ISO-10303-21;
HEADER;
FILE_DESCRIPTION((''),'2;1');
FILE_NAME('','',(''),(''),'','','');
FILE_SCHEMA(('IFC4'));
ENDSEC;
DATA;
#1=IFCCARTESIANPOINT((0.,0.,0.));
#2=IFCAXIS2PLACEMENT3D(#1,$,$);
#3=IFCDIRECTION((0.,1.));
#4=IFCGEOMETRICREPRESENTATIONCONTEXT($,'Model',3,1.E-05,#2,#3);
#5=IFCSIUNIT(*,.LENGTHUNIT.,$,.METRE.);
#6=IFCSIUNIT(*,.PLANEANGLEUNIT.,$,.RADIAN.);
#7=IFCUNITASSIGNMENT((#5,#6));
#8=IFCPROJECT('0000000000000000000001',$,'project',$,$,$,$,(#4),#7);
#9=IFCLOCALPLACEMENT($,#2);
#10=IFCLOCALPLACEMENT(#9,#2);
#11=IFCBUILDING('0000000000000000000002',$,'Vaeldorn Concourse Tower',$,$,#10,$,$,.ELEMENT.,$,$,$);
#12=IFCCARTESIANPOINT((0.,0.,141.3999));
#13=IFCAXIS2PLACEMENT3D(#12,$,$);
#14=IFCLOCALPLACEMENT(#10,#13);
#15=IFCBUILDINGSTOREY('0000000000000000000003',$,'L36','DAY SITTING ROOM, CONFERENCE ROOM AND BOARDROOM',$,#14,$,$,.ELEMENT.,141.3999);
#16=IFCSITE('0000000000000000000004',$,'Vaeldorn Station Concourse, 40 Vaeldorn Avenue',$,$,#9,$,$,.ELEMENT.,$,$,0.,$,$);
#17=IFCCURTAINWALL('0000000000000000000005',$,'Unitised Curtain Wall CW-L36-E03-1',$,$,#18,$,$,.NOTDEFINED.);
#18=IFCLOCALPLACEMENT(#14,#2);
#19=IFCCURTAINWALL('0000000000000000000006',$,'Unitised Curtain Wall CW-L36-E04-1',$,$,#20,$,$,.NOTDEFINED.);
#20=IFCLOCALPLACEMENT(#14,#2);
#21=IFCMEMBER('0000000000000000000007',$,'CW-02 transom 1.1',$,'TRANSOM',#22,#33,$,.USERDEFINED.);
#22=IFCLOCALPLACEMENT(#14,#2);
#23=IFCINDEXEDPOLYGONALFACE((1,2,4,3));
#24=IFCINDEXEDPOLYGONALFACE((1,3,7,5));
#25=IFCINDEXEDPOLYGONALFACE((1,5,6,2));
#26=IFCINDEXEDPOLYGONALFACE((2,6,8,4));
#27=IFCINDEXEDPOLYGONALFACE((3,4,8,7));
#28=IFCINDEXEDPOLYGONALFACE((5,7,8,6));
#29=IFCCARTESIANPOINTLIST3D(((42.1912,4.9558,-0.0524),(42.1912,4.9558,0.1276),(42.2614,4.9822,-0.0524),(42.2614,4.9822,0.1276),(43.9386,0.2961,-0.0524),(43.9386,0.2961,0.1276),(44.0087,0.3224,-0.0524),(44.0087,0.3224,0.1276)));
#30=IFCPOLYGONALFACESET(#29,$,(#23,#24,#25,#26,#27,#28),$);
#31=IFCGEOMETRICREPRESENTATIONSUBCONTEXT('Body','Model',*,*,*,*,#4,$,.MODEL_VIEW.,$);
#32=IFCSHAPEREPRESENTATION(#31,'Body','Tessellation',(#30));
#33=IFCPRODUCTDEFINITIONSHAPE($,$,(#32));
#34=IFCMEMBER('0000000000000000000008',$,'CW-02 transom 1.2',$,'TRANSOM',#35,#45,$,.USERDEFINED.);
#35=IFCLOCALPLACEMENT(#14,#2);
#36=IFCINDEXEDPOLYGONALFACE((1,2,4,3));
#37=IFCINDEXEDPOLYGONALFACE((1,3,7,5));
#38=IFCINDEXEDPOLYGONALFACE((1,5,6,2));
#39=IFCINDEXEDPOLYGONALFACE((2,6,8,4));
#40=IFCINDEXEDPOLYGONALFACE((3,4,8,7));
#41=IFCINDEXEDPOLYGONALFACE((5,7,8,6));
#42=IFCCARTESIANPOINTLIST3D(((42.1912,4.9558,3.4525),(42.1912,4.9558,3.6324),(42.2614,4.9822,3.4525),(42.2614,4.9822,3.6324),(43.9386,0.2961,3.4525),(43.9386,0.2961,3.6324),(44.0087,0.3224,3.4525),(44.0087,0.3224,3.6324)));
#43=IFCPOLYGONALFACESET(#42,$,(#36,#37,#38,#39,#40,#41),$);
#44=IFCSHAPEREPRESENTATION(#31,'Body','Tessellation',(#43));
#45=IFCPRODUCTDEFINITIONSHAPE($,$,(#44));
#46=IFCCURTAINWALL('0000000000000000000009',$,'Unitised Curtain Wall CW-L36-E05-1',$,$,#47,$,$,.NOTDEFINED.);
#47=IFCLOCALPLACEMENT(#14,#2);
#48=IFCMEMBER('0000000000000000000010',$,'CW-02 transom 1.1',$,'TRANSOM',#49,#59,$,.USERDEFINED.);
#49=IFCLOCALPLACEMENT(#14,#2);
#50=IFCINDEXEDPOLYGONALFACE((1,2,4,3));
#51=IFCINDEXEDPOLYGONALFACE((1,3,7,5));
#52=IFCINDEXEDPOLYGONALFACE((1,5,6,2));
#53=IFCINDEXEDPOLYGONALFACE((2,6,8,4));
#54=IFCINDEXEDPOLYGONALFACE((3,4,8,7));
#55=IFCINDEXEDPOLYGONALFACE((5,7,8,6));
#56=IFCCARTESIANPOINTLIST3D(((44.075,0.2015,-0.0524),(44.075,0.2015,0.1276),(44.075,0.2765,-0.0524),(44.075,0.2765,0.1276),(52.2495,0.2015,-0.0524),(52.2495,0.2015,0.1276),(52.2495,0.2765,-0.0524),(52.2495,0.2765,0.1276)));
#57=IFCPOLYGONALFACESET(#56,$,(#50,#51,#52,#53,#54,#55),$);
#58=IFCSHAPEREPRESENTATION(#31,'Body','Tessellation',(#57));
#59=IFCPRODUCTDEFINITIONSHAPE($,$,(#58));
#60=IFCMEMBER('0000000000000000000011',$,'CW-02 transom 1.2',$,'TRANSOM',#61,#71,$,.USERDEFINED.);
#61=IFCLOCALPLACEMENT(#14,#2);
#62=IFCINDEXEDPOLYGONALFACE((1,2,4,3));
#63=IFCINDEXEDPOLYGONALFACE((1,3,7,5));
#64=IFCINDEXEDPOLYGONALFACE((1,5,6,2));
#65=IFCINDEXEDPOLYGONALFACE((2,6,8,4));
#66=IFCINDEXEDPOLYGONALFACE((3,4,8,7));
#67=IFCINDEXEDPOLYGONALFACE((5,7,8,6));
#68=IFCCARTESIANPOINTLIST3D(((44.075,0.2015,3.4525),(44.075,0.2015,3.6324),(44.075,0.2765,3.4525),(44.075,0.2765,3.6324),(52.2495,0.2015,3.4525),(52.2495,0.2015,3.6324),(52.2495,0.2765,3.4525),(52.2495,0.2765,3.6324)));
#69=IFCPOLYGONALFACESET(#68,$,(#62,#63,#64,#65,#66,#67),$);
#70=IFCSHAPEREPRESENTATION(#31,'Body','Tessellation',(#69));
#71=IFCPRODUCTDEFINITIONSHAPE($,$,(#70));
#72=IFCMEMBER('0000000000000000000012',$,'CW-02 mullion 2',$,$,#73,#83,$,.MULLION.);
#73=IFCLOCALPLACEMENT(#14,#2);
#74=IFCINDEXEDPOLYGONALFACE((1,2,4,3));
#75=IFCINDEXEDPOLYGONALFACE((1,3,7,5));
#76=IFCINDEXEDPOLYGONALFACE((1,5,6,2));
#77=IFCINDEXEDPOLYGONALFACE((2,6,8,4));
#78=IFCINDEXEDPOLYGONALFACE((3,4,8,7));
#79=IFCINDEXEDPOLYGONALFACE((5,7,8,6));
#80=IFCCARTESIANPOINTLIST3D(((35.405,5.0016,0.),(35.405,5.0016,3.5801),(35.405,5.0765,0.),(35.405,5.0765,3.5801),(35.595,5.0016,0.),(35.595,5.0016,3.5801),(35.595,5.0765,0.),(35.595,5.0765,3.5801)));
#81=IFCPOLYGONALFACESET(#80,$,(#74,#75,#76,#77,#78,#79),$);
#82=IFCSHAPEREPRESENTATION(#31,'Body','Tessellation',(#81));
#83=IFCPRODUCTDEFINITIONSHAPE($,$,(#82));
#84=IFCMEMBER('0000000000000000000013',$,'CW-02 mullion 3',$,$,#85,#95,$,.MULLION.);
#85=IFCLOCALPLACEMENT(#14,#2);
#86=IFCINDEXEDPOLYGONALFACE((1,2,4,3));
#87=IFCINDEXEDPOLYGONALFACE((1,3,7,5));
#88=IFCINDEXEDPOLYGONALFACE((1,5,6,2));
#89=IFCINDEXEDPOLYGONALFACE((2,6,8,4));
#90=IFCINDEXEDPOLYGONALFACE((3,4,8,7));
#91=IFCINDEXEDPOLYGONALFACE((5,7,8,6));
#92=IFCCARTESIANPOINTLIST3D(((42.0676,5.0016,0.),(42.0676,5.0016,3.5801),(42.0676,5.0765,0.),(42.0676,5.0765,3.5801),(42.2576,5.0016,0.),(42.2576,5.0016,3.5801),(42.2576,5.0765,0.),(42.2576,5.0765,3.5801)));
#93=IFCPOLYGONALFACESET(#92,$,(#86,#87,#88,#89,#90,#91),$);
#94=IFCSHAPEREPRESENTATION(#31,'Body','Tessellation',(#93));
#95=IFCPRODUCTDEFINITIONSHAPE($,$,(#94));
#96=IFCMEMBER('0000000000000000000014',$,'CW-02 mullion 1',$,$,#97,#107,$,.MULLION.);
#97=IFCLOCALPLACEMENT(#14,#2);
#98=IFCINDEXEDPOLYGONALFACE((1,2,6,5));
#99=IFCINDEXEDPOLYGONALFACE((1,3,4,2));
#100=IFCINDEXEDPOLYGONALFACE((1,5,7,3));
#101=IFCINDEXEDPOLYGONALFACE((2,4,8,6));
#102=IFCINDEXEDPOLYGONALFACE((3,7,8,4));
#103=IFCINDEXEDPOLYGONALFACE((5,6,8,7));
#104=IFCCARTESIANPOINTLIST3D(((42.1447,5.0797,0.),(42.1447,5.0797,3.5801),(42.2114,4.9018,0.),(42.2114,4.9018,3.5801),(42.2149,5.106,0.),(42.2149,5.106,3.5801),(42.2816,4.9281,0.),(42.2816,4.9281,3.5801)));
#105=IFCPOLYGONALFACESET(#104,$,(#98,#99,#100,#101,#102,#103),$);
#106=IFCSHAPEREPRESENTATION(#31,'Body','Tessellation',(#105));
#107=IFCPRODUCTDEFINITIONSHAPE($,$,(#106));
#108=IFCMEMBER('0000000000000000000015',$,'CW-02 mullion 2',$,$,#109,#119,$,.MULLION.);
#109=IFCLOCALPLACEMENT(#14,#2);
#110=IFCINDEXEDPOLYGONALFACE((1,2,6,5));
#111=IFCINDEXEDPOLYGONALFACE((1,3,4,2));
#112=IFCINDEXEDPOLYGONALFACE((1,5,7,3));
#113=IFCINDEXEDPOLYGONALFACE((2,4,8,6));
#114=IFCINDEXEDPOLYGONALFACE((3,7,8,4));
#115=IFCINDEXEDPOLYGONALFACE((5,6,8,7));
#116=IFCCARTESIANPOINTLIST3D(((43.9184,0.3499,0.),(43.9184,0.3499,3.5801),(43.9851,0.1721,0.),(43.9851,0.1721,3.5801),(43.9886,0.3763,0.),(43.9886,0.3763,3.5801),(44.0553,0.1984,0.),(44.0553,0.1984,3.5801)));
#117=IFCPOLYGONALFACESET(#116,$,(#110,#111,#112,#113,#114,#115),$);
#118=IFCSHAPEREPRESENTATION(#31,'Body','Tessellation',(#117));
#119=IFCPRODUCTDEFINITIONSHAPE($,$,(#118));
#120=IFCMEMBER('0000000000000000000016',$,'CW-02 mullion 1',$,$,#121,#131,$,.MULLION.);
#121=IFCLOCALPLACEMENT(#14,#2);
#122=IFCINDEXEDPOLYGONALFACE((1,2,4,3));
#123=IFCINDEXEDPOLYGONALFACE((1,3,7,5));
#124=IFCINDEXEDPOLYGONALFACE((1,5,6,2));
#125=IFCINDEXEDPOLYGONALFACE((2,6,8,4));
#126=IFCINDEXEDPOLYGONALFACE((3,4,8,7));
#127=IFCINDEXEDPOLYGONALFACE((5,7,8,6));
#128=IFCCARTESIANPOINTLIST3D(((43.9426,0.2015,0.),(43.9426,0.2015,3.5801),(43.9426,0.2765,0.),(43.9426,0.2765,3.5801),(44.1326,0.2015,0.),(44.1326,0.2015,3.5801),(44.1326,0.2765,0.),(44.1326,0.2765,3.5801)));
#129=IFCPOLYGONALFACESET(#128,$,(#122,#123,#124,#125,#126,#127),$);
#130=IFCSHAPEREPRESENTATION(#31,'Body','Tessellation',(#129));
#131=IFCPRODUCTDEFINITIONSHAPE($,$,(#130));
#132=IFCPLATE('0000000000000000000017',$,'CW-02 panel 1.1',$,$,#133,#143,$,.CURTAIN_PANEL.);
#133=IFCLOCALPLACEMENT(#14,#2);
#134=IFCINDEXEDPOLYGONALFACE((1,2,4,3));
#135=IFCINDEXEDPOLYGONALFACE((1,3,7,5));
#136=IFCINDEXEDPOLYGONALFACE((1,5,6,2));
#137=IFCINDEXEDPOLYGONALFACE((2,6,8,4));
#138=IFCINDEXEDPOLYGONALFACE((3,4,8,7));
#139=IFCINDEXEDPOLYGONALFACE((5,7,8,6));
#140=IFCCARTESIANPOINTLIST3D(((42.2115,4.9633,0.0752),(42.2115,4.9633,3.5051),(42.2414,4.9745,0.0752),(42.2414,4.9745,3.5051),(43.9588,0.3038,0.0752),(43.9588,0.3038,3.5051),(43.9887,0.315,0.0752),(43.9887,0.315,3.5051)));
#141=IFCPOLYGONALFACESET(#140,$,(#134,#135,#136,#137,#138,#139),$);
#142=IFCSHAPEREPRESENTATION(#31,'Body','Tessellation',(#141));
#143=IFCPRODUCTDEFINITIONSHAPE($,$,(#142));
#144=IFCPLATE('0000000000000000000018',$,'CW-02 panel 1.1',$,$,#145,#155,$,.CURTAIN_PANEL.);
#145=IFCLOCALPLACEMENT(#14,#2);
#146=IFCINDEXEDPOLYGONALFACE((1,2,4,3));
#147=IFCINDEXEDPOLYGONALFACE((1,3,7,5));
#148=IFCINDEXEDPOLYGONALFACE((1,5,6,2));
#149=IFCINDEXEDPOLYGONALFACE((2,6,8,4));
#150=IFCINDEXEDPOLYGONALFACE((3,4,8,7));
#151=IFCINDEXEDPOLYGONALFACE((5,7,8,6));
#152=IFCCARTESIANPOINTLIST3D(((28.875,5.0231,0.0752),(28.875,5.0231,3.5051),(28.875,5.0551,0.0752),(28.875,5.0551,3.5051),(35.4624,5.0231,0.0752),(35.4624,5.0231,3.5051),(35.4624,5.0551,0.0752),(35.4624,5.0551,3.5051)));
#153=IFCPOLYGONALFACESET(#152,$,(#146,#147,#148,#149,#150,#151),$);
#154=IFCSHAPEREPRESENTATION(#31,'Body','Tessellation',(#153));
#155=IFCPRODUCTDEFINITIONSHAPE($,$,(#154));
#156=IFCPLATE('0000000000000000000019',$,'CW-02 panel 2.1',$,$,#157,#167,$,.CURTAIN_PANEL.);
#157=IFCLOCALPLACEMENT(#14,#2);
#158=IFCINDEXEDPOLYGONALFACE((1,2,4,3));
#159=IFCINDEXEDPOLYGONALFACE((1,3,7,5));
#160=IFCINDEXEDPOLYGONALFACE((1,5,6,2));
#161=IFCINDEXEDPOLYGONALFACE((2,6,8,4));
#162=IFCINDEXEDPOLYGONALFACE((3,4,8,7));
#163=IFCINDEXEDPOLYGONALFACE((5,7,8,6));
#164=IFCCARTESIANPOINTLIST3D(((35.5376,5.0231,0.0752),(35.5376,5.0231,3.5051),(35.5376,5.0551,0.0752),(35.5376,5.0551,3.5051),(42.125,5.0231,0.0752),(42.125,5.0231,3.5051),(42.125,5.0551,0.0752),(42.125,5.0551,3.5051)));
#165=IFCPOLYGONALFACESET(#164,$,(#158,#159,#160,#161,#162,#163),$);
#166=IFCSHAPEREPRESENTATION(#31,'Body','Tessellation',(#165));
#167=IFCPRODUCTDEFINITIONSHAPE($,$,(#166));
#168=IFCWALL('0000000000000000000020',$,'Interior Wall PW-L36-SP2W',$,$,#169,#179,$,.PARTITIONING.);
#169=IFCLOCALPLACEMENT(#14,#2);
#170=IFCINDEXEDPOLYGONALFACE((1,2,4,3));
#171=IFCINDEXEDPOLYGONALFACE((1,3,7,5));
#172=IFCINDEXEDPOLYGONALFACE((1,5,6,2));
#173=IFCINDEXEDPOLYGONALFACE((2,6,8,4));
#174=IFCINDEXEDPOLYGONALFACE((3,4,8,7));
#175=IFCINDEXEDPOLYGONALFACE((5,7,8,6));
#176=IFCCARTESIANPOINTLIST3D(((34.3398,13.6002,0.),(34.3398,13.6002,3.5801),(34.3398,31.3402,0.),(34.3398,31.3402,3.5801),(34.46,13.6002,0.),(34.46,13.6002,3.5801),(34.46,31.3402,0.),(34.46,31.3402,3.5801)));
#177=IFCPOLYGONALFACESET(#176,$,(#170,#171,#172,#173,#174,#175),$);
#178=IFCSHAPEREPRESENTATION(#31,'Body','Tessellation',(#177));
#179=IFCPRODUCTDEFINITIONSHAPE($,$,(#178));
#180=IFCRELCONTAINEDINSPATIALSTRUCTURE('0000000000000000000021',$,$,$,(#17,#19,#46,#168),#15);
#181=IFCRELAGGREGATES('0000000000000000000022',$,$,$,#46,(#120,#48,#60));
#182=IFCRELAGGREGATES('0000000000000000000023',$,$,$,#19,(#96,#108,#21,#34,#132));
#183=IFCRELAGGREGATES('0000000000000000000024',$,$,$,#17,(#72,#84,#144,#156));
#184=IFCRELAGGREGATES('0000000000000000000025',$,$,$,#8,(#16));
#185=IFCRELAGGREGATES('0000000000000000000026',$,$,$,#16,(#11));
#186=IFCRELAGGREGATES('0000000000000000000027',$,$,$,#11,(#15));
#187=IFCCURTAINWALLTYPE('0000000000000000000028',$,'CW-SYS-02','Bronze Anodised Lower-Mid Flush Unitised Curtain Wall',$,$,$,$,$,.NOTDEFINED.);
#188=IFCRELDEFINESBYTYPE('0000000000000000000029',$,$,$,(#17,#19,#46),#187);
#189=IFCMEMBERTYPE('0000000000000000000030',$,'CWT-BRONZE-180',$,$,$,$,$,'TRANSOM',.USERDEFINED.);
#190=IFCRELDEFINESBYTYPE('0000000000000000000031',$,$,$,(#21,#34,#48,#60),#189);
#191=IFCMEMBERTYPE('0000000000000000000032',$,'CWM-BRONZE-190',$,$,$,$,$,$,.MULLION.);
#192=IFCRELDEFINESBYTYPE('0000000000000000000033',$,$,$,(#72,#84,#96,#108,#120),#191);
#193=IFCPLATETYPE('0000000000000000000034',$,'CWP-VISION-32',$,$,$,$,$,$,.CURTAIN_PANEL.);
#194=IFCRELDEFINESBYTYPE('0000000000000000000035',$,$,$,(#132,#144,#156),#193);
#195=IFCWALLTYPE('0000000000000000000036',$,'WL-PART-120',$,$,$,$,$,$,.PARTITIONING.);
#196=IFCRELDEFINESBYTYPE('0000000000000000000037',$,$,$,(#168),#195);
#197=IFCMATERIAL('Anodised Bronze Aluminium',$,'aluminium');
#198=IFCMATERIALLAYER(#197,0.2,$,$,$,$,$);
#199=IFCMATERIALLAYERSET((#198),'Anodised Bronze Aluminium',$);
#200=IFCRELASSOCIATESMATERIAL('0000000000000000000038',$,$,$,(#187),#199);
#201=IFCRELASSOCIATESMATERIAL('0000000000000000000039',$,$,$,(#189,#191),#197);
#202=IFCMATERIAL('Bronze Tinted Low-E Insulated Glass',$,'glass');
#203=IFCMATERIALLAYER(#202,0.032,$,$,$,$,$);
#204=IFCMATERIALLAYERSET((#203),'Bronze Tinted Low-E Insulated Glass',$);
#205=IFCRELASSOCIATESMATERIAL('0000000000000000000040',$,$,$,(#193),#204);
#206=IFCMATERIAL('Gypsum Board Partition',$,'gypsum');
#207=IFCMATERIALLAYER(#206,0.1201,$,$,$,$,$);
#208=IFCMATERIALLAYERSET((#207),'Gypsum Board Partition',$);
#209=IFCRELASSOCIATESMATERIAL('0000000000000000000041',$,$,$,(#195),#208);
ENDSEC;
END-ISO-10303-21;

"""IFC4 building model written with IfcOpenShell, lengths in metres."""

from ifc_helpers import new_model, si_unit, direction, frame, frame_2d, origin, origin_2d, place, context, subcontext, project, spatial, rectangle, extrude, source, transform, mapped, material, layer, layer_set, material_profile, profile_set, type_object, element, aggregate, save


model = new_model("IFC4")

# Units and contexts
model_context = context("Model", 3, precision=1e-05, world=origin(), true_north=direction((0.0, 1.0)))
body_context = subcontext(model_context, "Body", "Model", "MODEL_VIEW")
ifc_project = project(units=[si_unit("LENGTHUNIT", "METRE"), si_unit("PLANEANGLEUNIT", "RADIAN")], contexts=[model_context])

# Site, building, storey
site_placement = place(None, origin())
site = spatial("IfcSite", under=ifc_project, at=site_placement, Name="Vaeldorn Station Concourse, 40 Vaeldorn Avenue", CompositionType="ELEMENT", RefElevation=0.0)
building_placement = place(site_placement, origin())
building = spatial("IfcBuilding", under=site, at=building_placement, Name="Vaeldorn Concourse Tower", CompositionType="ELEMENT")
storey_placement = place(building_placement, frame((0.0, 0.0, 141.3999)))
storey = spatial("IfcBuildingStorey", under=building, at=storey_placement, Name="L36", Description="DAY SITTING ROOM, CONFERENCE ROOM AND BOARDROOM", CompositionType="ELEMENT", Elevation=141.3999)

# Curtain walls, members
ifc_material_1 = material(Name="Anodised Bronze Aluminium", Category="aluminium")
ifc_layer_1 = layer(ifc_material_1, 0.2)
ifc_layer_set_1 = layer_set([ifc_layer_1], Name="Anodised Bronze Aluminium")
curtain_wall_type = type_object("IfcCurtainWallType", Name="CW-SYS-02", Description="Bronze Anodised Lower-Mid Flush Unitised Curtain Wall", PredefinedType="NOTDEFINED", material=ifc_layer_set_1)
curtain_wall_1_placement = place(storey_placement, origin())
curtain_wall_1 = element("IfcCurtainWall", 1, at=curtain_wall_1_placement, inside=storey, type_object=curtain_wall_type, Name="Unitised Curtain Wall CW-L36-E03-1", PredefinedType="NOTDEFINED")
ifc_material_profile_1 = material_profile(ifc_material_1, rectangle(XDim=0.075, YDim=0.1799, at=origin_2d()), Name="CWT 75x180")
ifc_profile_set_1 = profile_set([ifc_material_profile_1], Name="Anodised Bronze Aluminium")
member_type_1 = type_object("IfcMemberType", Name="CWT-BRONZE-180", ElementType="TRANSOM", PredefinedType="USERDEFINED", material=ifc_profile_set_1)
curtain_wall_2_placement = place(storey_placement, origin())
curtain_wall_2 = element("IfcCurtainWall", 2, at=curtain_wall_2_placement, inside=storey, type_object=curtain_wall_type, Name="Unitised Curtain Wall CW-L36-E04-1", PredefinedType="NOTDEFINED")
shared_shape_1 = source(origin(), body_context, "Body", "SweptSolid", [
    extrude(rectangle(XDim=0.075, YDim=0.1799, at=origin_2d()), origin(), (0.0, 0.0, 1.0), 4.9766),
])
member_1_placement = place(storey_placement, frame((42.2263, 4.969, 0.0376), z_axis=(0.351113, -0.936333, 0.0), x_axis=(0.936333, 0.351113, 0.0)))
member_1 = element("IfcMember", 3, at=member_1_placement, type_object=member_type_1, Name="CW-02 transom 1.1", ObjectType="TRANSOM", PredefinedType="USERDEFINED", context=body_context, shape_type="MappedRepresentation", body=[
    mapped(shared_shape_1, transform((0.0, 0.0, 0.0), scale=1.0)),
])
member_2_placement = place(storey_placement, frame((42.2263, 4.969, 3.5425), z_axis=(0.351113, -0.936333, 0.0), x_axis=(0.936333, 0.351113, 0.0)))
member_2 = element("IfcMember", 4, at=member_2_placement, type_object=member_type_1, Name="CW-02 transom 1.2", ObjectType="TRANSOM", PredefinedType="USERDEFINED", context=body_context, shape_type="MappedRepresentation", body=[
    mapped(shared_shape_1, transform((0.0, 0.0, 0.0), scale=1.0)),
])
curtain_wall_3_placement = place(storey_placement, origin())
curtain_wall_3 = element("IfcCurtainWall", 5, at=curtain_wall_3_placement, inside=storey, type_object=curtain_wall_type, Name="Unitised Curtain Wall CW-L36-E05-1", PredefinedType="NOTDEFINED")
shared_shape_2 = source(origin(), body_context, "Body", "SweptSolid", [
    extrude(rectangle(XDim=0.075, YDim=0.1799, at=origin_2d()), origin(), (0.0, 0.0, 1.0), 8.1746),
])
member_3_placement = place(storey_placement, frame((44.075, 0.239, 0.0376), z_axis=(1.0, 0.0, 0.0), x_axis=(0.0, 1.0, 0.0)))
member_3 = element("IfcMember", 6, at=member_3_placement, type_object=member_type_1, Name="CW-02 transom 1.1", ObjectType="TRANSOM", PredefinedType="USERDEFINED", context=body_context, shape_type="MappedRepresentation", body=[
    mapped(shared_shape_2, transform((0.0, 0.0, 0.0), scale=1.0)),
])
member_4_placement = place(storey_placement, frame((44.075, 0.239, 3.5425), z_axis=(1.0, 0.0, 0.0), x_axis=(0.0, 1.0, 0.0)))
member_4 = element("IfcMember", 7, at=member_4_placement, type_object=member_type_1, Name="CW-02 transom 1.2", ObjectType="TRANSOM", PredefinedType="USERDEFINED", context=body_context, shape_type="MappedRepresentation", body=[
    mapped(shared_shape_2, transform((0.0, 0.0, 0.0), scale=1.0)),
])

# Members
ifc_material_profile_2 = material_profile(ifc_material_1, rectangle(XDim=0.075, YDim=0.1899, at=origin_2d()), Name="CWM 75x190")
ifc_profile_set_2 = profile_set([ifc_material_profile_2], Name="Anodised Bronze Aluminium")
member_type_2 = type_object("IfcMemberType", Name="CWM-BRONZE-190", PredefinedType="MULLION", material=ifc_profile_set_2)
shared_shape_3 = source(origin(), body_context, "Body", "SweptSolid", [
    extrude(rectangle(XDim=0.075, YDim=0.1899, at=origin_2d()), origin(), (0.0, 0.0, 1.0), 3.5801),
])
member_5_placement = place(storey_placement, frame((35.5, 5.0391, 0.0), z_axis=(0.0, 0.0, 1.0), x_axis=(0.0, 1.0, 0.0)))
member_5 = element("IfcMember", 8, at=member_5_placement, type_object=member_type_2, Name="CW-02 mullion 2", PredefinedType="MULLION", context=body_context, shape_type="MappedRepresentation", body=[
    mapped(shared_shape_3, transform((0.0, 0.0, 0.0), scale=1.0)),
])
member_6_placement = place(storey_placement, frame((42.1626, 5.0391, 0.0), z_axis=(0.0, 0.0, 1.0), x_axis=(0.0, 1.0, 0.0)))
member_6 = element("IfcMember", 9, at=member_6_placement, type_object=member_type_2, Name="CW-02 mullion 3", PredefinedType="MULLION", context=body_context, shape_type="MappedRepresentation", body=[
    mapped(shared_shape_3, transform((0.0, 0.0, 0.0), scale=1.0)),
])
member_7_placement = place(storey_placement, frame((42.2131, 5.0039, 0.0), z_axis=(0.0, 0.0, 1.0), x_axis=(0.936329, 0.351123, 0.0)))
member_7 = element("IfcMember", 10, at=member_7_placement, type_object=member_type_2, Name="CW-02 mullion 1", PredefinedType="MULLION", context=body_context, shape_type="MappedRepresentation", body=[
    mapped(shared_shape_3, transform((0.0, 0.0, 0.0), scale=1.0)),
])
member_8_placement = place(storey_placement, frame((43.9868, 0.2742, 0.0), z_axis=(0.0, 0.0, 1.0), x_axis=(0.936329, 0.351123, 0.0)))
member_8 = element("IfcMember", 11, at=member_8_placement, type_object=member_type_2, Name="CW-02 mullion 2", PredefinedType="MULLION", context=body_context, shape_type="MappedRepresentation", body=[
    mapped(shared_shape_3, transform((0.0, 0.0, 0.0), scale=1.0)),
])
member_9_placement = place(storey_placement, frame((44.0376, 0.239, 0.0), z_axis=(0.0, 0.0, 1.0), x_axis=(0.0, 1.0, 0.0)))
member_9 = element("IfcMember", 12, at=member_9_placement, type_object=member_type_2, Name="CW-02 mullion 1", PredefinedType="MULLION", context=body_context, shape_type="MappedRepresentation", body=[
    mapped(shared_shape_3, transform((0.0, 0.0, 0.0), scale=1.0)),
])
aggregate(curtain_wall_3, [member_9, member_3, member_4])

# Plates
ifc_material_2 = material(Name="Bronze Tinted Low-E Insulated Glass", Category="glass")
ifc_layer_2 = layer(ifc_material_2, 0.032)
ifc_layer_set_2 = layer_set([ifc_layer_2], Name="Bronze Tinted Low-E Insulated Glass")
plate_type = type_object("IfcPlateType", Name="CWP-VISION-32", PredefinedType="CURTAIN_PANEL", material=ifc_layer_set_2)
shared_shape_4 = source(origin(), body_context, "Body", "SweptSolid", [
    extrude(rectangle(XDim=4.9763, YDim=0.032, at=origin_2d()), origin(), (0.0, 0.0, 1.0), 3.4299),
])
plate_1_placement = place(storey_placement, frame((43.1001, 2.6392, 0.0752), z_axis=(0.0, 0.0, 1.0), x_axis=(0.351123, -0.936329, 0.0)))
plate_1 = element("IfcPlate", 13, at=plate_1_placement, type_object=plate_type, Name="CW-02 panel 1.1", PredefinedType="CURTAIN_PANEL", context=body_context, shape_type="MappedRepresentation", body=[
    mapped(shared_shape_4, transform((0.0, 0.0, 0.0), scale=1.0)),
])
aggregate(curtain_wall_2, [member_7, member_8, member_1, member_2, plate_1])
shared_shape_5 = source(origin(), body_context, "Body", "SweptSolid", [
    extrude(rectangle(XDim=6.5874, YDim=0.032, at=origin_2d()), origin(), (0.0, 0.0, 1.0), 3.4299),
])
plate_2_placement = place(storey_placement, frame((32.1687, 5.0391, 0.0752), z_axis=(0.0, 0.0, 1.0), x_axis=(1.0, 0.0, 0.0)))
plate_2 = element("IfcPlate", 14, at=plate_2_placement, type_object=plate_type, Name="CW-02 panel 1.1", PredefinedType="CURTAIN_PANEL", context=body_context, shape_type="MappedRepresentation", body=[
    mapped(shared_shape_5, transform((0.0, 0.0, 0.0), scale=1.0)),
])
plate_3_placement = place(storey_placement, frame((38.8313, 5.0391, 0.0752), z_axis=(0.0, 0.0, 1.0), x_axis=(1.0, 0.0, 0.0)))
plate_3 = element("IfcPlate", 15, at=plate_3_placement, type_object=plate_type, Name="CW-02 panel 2.1", PredefinedType="CURTAIN_PANEL", context=body_context, shape_type="MappedRepresentation", body=[
    mapped(shared_shape_5, transform((0.0, 0.0, 0.0), scale=1.0)),
])
aggregate(curtain_wall_1, [member_5, member_6, plate_2, plate_3])

# Wall
ifc_material_3 = material(Name="Gypsum Board Partition", Category="gypsum")
ifc_layer_3 = layer(ifc_material_3, 0.1201)
ifc_layer_set_3 = layer_set([ifc_layer_3], Name="Gypsum Board Partition")
wall_type = type_object("IfcWallType", Name="WL-PART-120", PredefinedType="PARTITIONING", material=ifc_layer_set_3)
wall_1_placement = place(storey_placement, frame((34.3999, 13.6001, 0.0), z_axis=(0.0, 0.0, 1.0), x_axis=(0.0, 1.0, 0.0)))
element("IfcWall", 16, at=wall_1_placement, inside=storey, type_object=wall_type, Name="Interior Wall PW-L36-SP2W", PredefinedType="PARTITIONING", context=body_context, shape_type="SweptSolid", body=[
    extrude(rectangle(XDim=17.74, YDim=0.1201, at=frame_2d((8.8701, 0.0))), origin(), (0.0, 0.0, 1.0), 3.5801),
])

save(model, "model.ifc")
